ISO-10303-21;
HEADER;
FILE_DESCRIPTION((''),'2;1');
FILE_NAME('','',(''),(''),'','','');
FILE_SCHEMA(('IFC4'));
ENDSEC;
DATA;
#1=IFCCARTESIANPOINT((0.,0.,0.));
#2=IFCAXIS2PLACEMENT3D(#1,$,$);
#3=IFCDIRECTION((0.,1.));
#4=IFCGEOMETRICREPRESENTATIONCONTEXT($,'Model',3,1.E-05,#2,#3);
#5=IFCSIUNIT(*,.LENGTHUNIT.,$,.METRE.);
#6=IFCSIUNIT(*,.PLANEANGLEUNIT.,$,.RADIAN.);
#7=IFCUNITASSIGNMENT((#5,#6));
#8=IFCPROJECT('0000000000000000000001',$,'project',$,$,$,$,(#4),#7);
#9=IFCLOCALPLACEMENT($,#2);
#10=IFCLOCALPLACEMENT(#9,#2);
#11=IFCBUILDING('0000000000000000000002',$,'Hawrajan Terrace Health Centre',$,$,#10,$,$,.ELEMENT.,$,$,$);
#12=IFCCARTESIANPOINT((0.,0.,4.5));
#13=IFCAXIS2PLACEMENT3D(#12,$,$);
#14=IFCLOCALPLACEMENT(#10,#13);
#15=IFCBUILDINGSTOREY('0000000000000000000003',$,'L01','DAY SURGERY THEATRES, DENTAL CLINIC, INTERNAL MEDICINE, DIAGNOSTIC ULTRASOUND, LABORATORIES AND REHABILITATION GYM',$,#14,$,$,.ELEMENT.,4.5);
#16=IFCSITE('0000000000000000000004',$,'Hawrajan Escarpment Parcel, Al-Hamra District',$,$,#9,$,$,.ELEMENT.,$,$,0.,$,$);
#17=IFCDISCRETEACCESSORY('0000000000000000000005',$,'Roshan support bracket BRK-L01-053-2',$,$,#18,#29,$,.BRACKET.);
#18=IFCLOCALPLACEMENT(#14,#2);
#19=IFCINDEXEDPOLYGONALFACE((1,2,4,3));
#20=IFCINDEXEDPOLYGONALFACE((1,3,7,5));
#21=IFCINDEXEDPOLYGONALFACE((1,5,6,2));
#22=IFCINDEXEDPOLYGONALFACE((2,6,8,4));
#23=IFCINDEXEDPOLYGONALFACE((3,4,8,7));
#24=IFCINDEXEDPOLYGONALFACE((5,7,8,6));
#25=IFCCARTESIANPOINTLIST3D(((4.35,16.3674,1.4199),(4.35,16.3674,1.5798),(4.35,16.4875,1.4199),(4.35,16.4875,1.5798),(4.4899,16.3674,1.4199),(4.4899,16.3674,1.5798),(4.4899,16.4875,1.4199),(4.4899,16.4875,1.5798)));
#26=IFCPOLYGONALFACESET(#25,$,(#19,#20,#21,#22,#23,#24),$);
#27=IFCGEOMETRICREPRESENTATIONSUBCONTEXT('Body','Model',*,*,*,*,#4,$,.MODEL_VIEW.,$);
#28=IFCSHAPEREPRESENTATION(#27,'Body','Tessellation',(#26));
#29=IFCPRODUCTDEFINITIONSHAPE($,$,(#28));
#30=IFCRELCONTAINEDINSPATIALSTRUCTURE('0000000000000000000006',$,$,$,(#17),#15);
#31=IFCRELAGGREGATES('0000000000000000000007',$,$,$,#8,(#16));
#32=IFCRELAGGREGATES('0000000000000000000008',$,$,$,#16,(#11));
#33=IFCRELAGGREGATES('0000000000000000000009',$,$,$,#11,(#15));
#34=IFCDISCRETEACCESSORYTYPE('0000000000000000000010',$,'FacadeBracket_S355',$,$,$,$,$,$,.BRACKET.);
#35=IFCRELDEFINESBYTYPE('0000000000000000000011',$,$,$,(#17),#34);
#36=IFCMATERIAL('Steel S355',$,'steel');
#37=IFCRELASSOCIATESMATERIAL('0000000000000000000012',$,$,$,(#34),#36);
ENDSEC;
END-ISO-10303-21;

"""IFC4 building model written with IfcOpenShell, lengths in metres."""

from ifc_helpers import new_model, si_unit, direction, frame, origin, origin_2d, place, context, subcontext, project, spatial, rectangle, extrude, material, type_object, element, save


model = new_model("IFC4")

# Units and contexts
model_context = context("Model", 3, precision=1e-05, world=origin(), true_north=direction((0.0, 1.0)))
body_context = subcontext(model_context, "Body", "Model", "MODEL_VIEW")
ifc_project = project(units=[si_unit("LENGTHUNIT", "METRE"), si_unit("PLANEANGLEUNIT", "RADIAN")], contexts=[model_context])

# Site, building, storey
site_placement = place(None, origin())
site = spatial("IfcSite", under=ifc_project, at=site_placement, Name="Hawrajan Escarpment Parcel, Al-Hamra District", CompositionType="ELEMENT", RefElevation=0.0)
building_placement = place(site_placement, origin())
building = spatial("IfcBuilding", under=site, at=building_placement, Name="Hawrajan Terrace Health Centre", CompositionType="ELEMENT")
storey_placement = place(building_placement, frame((0.0, 0.0, 4.5)))
storey = spatial("IfcBuildingStorey", under=building, at=storey_placement, Name="L01", Description="DAY SURGERY THEATRES, DENTAL CLINIC, INTERNAL MEDICINE, DIAGNOSTIC ULTRASOUND, LABORATORIES AND REHABILITATION GYM", CompositionType="ELEMENT", Elevation=4.5)

# Discrete accessory
ifc_material_1 = material(Name="Steel S355", Category="steel")
discrete_accessory_type = type_object("IfcDiscreteAccessoryType", Name="FacadeBracket_S355", PredefinedType="BRACKET", material=ifc_material_1)
for number, where, z_axis, x_axis, name in (
    (1, (4.4199, 16.4275, 1.4199), (0.0, 0.0, 1.0), (0.0, 1.0, 0.0), "Roshan support bracket BRK-L01-053-2"),
):
    element("IfcDiscreteAccessory", number, at=place(storey_placement, frame(where, z_axis=z_axis, x_axis=x_axis)), inside=storey, type_object=discrete_accessory_type, Name=name, PredefinedType="BRACKET", context=body_context, shape_type="SweptSolid", body=[
        extrude(rectangle(XDim=0.1201, YDim=0.1399, at=origin_2d()), origin(), (0.0, 0.0, 1.0), 0.1599),
    ])

save(model, "model.ifc")
